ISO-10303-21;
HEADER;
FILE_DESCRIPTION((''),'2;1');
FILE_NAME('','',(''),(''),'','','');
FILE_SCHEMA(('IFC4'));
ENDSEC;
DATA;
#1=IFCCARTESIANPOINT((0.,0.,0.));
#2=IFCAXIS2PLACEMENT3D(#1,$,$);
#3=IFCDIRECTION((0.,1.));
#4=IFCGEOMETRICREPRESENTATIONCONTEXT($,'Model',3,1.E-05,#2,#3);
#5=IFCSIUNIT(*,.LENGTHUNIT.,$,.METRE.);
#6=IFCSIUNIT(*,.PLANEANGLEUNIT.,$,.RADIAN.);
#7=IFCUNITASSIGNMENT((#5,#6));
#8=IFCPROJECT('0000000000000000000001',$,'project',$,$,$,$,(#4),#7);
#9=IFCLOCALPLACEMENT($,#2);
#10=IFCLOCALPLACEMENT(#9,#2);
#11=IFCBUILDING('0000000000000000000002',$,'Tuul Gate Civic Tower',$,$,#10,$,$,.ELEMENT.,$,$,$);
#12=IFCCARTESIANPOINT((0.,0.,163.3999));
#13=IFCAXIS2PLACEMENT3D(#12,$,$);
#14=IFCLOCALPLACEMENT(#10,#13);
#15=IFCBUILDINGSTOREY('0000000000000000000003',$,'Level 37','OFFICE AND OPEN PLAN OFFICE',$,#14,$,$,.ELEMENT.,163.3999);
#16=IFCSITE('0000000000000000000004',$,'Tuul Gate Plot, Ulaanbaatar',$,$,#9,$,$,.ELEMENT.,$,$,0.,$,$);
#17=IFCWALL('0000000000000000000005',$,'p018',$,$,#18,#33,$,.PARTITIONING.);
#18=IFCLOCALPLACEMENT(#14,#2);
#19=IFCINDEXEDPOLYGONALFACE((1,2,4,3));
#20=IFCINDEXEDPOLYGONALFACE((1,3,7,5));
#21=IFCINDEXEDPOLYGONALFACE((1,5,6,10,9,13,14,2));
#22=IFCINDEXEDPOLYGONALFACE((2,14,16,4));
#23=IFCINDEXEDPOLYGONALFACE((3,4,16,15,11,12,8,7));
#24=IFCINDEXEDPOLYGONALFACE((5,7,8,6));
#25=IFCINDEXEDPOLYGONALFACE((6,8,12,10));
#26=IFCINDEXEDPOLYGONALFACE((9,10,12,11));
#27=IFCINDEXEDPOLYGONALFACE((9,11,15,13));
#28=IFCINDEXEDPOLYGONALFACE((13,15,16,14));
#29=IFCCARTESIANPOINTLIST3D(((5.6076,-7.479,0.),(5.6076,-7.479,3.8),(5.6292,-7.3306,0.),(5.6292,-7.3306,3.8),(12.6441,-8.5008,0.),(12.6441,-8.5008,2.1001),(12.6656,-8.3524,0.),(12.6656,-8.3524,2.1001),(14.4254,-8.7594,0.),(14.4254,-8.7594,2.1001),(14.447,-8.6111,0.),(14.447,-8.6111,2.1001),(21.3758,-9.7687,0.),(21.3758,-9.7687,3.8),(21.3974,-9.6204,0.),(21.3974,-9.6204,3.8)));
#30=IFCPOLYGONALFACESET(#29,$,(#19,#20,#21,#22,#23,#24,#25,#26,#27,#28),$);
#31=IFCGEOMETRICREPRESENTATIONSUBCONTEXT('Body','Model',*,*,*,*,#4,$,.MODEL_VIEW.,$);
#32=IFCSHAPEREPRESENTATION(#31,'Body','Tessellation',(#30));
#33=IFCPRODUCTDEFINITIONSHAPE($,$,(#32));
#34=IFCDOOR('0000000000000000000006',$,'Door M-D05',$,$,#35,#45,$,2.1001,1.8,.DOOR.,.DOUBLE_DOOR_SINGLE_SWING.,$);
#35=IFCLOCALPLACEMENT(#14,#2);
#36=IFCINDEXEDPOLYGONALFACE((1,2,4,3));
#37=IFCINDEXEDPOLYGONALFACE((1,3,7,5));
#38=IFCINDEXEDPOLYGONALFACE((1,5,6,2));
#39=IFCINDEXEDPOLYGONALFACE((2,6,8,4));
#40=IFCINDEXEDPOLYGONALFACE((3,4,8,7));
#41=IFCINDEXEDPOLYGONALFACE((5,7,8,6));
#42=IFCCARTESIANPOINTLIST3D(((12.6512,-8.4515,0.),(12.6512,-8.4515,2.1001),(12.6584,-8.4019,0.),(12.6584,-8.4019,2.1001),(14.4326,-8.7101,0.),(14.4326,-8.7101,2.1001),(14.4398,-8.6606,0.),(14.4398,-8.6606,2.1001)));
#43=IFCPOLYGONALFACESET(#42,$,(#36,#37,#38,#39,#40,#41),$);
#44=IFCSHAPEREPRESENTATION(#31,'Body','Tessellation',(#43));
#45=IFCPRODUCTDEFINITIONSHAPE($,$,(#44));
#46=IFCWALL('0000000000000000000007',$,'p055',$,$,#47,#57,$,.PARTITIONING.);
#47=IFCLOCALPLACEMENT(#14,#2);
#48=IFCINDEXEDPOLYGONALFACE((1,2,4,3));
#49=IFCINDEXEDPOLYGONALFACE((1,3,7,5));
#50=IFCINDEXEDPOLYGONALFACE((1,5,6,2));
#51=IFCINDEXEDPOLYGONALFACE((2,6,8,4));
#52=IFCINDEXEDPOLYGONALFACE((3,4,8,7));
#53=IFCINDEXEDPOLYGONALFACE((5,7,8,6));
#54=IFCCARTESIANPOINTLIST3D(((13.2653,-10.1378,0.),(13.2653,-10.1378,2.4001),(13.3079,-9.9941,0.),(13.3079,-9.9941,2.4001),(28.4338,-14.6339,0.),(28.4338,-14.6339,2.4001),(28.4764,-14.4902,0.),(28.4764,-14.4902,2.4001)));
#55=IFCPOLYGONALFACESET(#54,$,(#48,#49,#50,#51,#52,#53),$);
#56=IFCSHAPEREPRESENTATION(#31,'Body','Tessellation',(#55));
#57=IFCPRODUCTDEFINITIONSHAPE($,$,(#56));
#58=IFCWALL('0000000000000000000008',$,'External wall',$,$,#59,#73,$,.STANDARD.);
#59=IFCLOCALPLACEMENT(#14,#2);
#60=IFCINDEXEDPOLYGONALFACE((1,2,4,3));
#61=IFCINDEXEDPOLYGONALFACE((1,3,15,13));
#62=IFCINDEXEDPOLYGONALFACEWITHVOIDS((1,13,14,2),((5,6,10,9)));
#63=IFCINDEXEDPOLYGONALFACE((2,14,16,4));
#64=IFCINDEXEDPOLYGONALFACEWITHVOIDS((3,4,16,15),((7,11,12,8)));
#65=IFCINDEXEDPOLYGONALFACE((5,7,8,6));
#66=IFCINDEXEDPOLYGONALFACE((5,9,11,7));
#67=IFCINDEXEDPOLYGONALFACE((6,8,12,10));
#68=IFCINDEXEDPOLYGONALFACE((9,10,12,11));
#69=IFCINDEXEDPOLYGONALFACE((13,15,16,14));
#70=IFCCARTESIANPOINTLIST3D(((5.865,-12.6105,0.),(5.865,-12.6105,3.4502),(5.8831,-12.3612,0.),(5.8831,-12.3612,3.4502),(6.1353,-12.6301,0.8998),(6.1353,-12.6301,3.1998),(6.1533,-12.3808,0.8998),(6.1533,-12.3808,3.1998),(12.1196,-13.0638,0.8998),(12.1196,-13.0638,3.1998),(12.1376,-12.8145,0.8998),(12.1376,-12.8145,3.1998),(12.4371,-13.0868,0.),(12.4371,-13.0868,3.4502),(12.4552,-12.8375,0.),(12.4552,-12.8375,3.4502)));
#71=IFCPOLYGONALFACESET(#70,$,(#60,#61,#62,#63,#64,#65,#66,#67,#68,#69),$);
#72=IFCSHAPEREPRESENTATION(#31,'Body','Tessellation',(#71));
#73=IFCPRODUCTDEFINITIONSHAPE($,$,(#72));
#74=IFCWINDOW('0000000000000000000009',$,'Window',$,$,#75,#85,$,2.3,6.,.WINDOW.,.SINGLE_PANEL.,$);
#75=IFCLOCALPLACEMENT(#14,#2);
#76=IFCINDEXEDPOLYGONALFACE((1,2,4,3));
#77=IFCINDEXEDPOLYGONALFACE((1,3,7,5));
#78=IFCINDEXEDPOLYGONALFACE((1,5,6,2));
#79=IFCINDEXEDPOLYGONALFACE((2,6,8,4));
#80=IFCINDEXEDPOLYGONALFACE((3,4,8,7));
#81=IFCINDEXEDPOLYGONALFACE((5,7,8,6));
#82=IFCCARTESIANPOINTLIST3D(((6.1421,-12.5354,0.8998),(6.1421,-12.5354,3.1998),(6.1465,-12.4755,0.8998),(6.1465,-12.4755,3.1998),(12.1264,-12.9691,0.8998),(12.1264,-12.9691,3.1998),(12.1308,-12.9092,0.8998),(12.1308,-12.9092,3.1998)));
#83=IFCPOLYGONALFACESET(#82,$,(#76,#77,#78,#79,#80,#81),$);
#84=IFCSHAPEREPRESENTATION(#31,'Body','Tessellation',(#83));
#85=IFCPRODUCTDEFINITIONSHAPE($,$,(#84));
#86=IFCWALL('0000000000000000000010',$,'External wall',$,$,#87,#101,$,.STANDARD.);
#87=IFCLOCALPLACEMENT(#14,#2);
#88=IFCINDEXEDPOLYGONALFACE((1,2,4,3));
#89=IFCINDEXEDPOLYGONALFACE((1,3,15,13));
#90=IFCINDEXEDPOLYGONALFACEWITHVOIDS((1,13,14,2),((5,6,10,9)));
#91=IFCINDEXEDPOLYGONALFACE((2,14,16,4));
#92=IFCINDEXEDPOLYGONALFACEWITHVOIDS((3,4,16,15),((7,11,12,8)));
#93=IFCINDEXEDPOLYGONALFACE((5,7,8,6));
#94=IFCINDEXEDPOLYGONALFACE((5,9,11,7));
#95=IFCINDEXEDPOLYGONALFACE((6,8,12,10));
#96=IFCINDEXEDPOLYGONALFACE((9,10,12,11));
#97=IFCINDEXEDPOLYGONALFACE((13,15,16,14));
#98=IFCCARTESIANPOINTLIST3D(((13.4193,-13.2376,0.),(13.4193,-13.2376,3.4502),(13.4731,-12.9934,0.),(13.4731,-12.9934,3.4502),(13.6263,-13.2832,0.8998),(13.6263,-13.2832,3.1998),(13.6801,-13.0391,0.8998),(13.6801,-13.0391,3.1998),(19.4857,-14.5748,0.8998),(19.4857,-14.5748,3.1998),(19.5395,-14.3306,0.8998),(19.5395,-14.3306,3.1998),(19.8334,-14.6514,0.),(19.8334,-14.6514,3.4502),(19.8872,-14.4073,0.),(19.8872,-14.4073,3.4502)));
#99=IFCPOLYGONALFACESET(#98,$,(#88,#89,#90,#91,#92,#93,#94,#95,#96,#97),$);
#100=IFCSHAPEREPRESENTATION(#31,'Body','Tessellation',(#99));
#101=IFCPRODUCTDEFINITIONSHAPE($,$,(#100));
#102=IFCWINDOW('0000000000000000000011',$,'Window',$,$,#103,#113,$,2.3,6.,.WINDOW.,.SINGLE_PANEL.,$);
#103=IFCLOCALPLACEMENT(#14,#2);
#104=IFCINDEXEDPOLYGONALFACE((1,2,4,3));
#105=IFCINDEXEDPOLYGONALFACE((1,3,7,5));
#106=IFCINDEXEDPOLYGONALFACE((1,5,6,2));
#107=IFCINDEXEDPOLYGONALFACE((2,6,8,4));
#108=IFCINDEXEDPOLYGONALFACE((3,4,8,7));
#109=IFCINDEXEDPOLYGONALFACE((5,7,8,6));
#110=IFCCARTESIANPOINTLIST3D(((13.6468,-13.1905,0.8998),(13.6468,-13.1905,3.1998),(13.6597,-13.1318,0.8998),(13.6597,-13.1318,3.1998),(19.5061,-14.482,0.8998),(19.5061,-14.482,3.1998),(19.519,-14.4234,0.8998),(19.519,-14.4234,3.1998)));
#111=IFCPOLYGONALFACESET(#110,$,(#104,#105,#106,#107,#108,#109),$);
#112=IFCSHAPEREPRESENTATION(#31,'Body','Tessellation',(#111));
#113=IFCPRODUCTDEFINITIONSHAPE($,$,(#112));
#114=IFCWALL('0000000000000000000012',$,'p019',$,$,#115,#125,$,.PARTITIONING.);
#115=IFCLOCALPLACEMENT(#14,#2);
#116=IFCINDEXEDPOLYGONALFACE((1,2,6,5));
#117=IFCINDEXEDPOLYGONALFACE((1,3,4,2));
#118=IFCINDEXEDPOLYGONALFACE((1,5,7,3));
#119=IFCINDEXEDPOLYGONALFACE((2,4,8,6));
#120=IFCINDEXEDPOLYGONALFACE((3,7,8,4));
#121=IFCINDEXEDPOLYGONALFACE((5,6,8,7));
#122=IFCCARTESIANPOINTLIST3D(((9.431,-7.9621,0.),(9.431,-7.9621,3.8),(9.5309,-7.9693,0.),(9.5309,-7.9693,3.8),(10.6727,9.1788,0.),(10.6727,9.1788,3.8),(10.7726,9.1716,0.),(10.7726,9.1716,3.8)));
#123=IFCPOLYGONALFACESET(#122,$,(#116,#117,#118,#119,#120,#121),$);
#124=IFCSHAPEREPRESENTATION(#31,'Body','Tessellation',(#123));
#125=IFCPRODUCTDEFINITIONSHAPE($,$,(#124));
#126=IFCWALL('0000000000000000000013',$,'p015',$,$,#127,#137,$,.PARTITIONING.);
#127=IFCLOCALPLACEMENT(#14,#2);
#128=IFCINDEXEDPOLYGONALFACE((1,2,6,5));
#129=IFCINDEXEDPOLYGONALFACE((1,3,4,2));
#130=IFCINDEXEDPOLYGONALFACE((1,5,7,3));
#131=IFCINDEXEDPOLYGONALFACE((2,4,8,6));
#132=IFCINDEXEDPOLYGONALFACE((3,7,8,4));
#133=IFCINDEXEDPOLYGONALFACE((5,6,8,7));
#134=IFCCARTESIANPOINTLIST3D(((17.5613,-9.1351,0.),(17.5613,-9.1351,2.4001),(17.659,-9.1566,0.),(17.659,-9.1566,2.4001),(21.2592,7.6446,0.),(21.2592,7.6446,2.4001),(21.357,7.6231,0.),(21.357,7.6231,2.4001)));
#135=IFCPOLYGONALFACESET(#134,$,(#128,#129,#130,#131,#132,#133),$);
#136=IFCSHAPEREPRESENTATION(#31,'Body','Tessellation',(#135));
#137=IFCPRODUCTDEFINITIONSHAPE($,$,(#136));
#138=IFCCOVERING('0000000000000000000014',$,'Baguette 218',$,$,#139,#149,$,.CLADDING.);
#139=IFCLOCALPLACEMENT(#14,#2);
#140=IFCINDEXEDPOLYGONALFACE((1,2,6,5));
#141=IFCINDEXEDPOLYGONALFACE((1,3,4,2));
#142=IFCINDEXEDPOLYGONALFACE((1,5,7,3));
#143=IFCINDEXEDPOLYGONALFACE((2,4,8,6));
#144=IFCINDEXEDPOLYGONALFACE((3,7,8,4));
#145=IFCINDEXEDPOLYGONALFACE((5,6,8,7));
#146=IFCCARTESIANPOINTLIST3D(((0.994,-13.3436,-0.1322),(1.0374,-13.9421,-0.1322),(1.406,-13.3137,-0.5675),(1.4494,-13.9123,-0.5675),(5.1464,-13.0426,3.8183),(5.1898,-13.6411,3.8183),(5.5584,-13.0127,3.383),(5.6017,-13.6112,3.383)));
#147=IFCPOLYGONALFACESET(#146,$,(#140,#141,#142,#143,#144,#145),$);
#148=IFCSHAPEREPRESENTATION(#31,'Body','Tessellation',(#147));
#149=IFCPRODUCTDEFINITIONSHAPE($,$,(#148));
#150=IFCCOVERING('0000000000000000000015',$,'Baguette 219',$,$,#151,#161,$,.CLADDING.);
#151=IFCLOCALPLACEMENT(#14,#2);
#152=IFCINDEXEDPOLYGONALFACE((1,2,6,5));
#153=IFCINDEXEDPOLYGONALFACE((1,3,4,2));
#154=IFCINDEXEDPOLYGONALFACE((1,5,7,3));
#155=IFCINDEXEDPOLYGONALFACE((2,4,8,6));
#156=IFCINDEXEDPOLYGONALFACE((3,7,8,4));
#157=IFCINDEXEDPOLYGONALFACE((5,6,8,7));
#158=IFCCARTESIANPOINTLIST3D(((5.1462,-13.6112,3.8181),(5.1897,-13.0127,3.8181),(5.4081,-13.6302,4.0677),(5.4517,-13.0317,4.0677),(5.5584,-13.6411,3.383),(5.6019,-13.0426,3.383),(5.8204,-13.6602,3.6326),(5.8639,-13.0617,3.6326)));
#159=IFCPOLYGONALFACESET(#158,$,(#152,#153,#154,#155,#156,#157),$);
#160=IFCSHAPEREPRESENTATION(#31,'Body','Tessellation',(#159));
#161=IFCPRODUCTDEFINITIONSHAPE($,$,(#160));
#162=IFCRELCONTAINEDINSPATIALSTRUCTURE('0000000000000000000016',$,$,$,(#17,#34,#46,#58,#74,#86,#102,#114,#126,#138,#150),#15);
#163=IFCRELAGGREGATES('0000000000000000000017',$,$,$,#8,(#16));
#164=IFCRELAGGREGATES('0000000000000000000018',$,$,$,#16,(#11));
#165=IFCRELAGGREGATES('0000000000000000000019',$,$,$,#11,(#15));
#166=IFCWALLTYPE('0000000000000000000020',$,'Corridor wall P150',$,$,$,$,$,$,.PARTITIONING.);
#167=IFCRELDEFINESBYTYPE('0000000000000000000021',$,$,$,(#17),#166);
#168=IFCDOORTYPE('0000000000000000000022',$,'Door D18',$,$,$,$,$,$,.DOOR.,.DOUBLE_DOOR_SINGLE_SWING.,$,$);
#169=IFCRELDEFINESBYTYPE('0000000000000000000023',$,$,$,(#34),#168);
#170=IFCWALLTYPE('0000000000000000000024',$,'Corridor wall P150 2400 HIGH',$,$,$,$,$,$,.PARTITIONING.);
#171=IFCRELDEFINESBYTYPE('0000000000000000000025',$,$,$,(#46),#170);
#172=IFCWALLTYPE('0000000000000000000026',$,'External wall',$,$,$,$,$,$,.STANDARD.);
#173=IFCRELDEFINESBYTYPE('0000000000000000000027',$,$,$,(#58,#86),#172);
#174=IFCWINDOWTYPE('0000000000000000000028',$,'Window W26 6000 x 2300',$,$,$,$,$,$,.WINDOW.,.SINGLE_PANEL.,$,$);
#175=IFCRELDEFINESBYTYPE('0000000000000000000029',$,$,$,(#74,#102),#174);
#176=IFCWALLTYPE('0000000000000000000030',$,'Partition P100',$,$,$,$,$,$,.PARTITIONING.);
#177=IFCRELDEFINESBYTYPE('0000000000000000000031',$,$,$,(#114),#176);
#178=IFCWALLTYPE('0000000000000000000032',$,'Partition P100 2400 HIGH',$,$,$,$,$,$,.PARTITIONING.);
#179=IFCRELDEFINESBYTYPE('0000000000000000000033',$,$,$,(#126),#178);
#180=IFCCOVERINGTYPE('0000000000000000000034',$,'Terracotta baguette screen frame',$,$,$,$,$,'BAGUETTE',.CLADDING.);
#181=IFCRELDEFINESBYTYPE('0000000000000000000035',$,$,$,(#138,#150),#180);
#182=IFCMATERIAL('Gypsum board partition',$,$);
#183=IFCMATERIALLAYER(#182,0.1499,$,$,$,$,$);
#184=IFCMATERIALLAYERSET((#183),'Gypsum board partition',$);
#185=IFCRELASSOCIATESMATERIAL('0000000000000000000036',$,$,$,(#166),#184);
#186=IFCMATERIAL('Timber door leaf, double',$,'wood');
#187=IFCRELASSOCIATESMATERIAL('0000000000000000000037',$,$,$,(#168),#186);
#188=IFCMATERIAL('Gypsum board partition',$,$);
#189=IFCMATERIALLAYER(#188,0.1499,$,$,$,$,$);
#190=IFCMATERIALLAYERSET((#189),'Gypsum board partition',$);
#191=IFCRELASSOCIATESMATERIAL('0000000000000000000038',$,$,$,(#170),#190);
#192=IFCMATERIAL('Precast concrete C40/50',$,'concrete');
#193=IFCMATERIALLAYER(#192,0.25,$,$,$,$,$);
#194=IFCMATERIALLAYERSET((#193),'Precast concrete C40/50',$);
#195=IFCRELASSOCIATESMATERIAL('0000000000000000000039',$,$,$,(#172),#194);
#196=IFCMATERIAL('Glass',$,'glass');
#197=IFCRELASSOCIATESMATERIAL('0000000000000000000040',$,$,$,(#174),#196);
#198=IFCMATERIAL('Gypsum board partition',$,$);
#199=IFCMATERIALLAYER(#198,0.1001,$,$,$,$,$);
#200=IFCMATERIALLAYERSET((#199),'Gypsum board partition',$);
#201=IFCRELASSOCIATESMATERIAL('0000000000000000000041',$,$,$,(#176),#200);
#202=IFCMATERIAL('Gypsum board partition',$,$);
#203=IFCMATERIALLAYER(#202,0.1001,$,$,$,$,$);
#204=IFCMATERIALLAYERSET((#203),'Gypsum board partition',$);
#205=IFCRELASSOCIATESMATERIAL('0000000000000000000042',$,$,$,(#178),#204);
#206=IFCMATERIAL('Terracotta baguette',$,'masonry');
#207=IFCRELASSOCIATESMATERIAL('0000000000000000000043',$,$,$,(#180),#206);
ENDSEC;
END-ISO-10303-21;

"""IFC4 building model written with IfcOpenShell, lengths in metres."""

from ifc_helpers import new_model, si_unit, direction, frame, frame_2d, origin, origin_2d, place, context, subcontext, project, spatial, rectangle, extrude, material, layer, layer_set, material_profile, profile_set, type_object, element, fill, save


model = new_model("IFC4")

# Units and contexts
model_context = context("Model", 3, precision=1e-05, world=origin(), true_north=direction((0.0, 1.0)))
body_context = subcontext(model_context, "Body", "Model", "MODEL_VIEW")
ifc_project = project(units=[si_unit("LENGTHUNIT", "METRE"), si_unit("PLANEANGLEUNIT", "RADIAN")], contexts=[model_context])

# Site, building, storey
site_placement = place(None, origin())
site = spatial("IfcSite", under=ifc_project, at=site_placement, Name="Tuul Gate Plot, Ulaanbaatar", CompositionType="ELEMENT", RefElevation=0.0)
building_placement = place(site_placement, origin())
building = spatial("IfcBuilding", under=site, at=building_placement, Name="Tuul Gate Civic Tower", CompositionType="ELEMENT")
storey_placement = place(building_placement, frame((0.0, 0.0, 163.3999)))
storey = spatial("IfcBuildingStorey", under=building, at=storey_placement, Name="Level 37", Description="OFFICE AND OPEN PLAN OFFICE", CompositionType="ELEMENT", Elevation=163.3999)

# Wall, opening, door
ifc_material_1 = material(Name="Gypsum board partition")
ifc_layer_1 = layer(ifc_material_1, 0.1499)
ifc_layer_set_1 = layer_set([ifc_layer_1], Name="Gypsum board partition")
wall_type_1 = type_object("IfcWallType", Name="Corridor wall P150", PredefinedType="PARTITIONING", material=ifc_layer_set_1)
wall_1_placement = place(storey_placement, frame((5.6184, -7.4048, 0.0), z_axis=(0.0, 0.0, 1.0), x_axis=(0.98962, -0.143708, 0.0)))
wall_1 = element("IfcWall", 1, at=wall_1_placement, inside=storey, type_object=wall_type_1, Name="p018", PredefinedType="PARTITIONING", context=body_context, shape_type="SweptSolid", body=[
    extrude(rectangle(XDim=15.9336, YDim=0.1499, at=frame_2d((7.9668, 0.0))), origin(), (0.0, 0.0, 1.0), 3.8),
])
opening_1_placement = place(wall_1_placement, frame((7.1104, 0.0, 0.0)))
opening_1 = element("IfcOpeningElement", 2, at=opening_1_placement, cuts=wall_1, PredefinedType="OPENING", context=body_context, shape_type="SweptSolid", body=[
    extrude(rectangle(XDim=1.8, YDim=2.1001, at=frame_2d((0.8999, 1.05))), frame((0.0, 0.085, 0.0), z_axis=(0.0, -1.0, 0.0), x_axis=(1.0, 0.0, 0.0)), (0.0, 0.0, 1.0), 0.1699),
])
ifc_material_2 = material(Name="Timber door leaf, double", Category="wood")
door_type = type_object("IfcDoorType", Name="Door D18", OperationType="DOUBLE_DOOR_SINGLE_SWING", PredefinedType="DOOR", material=ifc_material_2)
door_placement = place(opening_1_placement, origin())
door = element("IfcDoor", 3, at=door_placement, inside=storey, type_object=door_type, Name="Door M-D05", OperationType="DOUBLE_DOOR_SINGLE_SWING", OverallHeight=2.1001, OverallWidth=1.8, PredefinedType="DOOR", context=body_context, shape_type="SweptSolid", body=[
    extrude(rectangle(XDim=1.8, YDim=2.1001, at=frame_2d((0.8999, 1.05))), frame((0.0, 0.0249, 0.0), z_axis=(0.0, -1.0, 0.0), x_axis=(1.0, 0.0, 0.0)), (0.0, 0.0, 1.0), 0.05),
])
fill(opening_1, door)

# Wall
ifc_material_3 = material(Name="Gypsum board partition")
ifc_layer_2 = layer(ifc_material_3, 0.1499)
ifc_layer_set_2 = layer_set([ifc_layer_2], Name="Gypsum board partition")
wall_type_2 = type_object("IfcWallType", Name="Corridor wall P150 2400 HIGH", PredefinedType="PARTITIONING", material=ifc_layer_set_2)
wall_2_placement = place(storey_placement, frame((13.2866, -10.0659, 0.0), z_axis=(0.0, 0.0, 1.0), x_axis=(0.958768, -0.284189, 0.0)))
element("IfcWall", 4, at=wall_2_placement, inside=storey, type_object=wall_type_2, Name="p055", PredefinedType="PARTITIONING", context=body_context, shape_type="SweptSolid", body=[
    extrude(rectangle(XDim=15.8208, YDim=0.1499, at=frame_2d((7.9104, 0.0))), origin(), (0.0, 0.0, 1.0), 2.4001),
])

# Walls, openings, windows
ifc_material_4 = material(Name="Precast concrete C40/50", Category="concrete")
ifc_layer_3 = layer(ifc_material_4, 0.25)
ifc_layer_set_3 = layer_set([ifc_layer_3], Name="Precast concrete C40/50")
wall_type_3 = type_object("IfcWallType", Name="External wall", PredefinedType="STANDARD", material=ifc_layer_set_3)
wall_3_placement = place(storey_placement, frame((5.874, -12.4858, 0.0), z_axis=(0.0, 0.0, 1.0), x_axis=(0.997384, -0.072287, 0.0)))
wall_3 = element("IfcWall", 5, at=wall_3_placement, inside=storey, type_object=wall_type_3, Name="External wall", PredefinedType="STANDARD", context=body_context, shape_type="SweptSolid", body=[
    extrude(rectangle(XDim=6.5894, YDim=0.25, at=frame_2d((3.2947, 0.0))), origin(), (0.0, 0.0, 1.0), 3.4502),
])
opening_2_placement = place(wall_3_placement, frame((0.271, 0.0, 0.8999)))
opening_2 = element("IfcOpeningElement", 6, at=opening_2_placement, cuts=wall_3, PredefinedType="OPENING", context=body_context, shape_type="SweptSolid", body=[
    extrude(rectangle(XDim=6.0, YDim=2.3, at=frame_2d((3.0, 1.1499))), frame((0.0, 0.135, 0.0), z_axis=(0.0, -1.0, 0.0), x_axis=(1.0, 0.0, 0.0)), (0.0, 0.0, 1.0), 0.27),
])
ifc_material_5 = material(Name="Glass", Category="glass")
window_type = type_object("IfcWindowType", Name="Window W26 6000 x 2300", PartitioningType="SINGLE_PANEL", PredefinedType="WINDOW", material=ifc_material_5)
window_1_placement = place(opening_2_placement, origin())
window_1 = element("IfcWindow", 7, at=window_1_placement, inside=storey, type_object=window_type, Name="Window", OverallHeight=2.3, OverallWidth=6.0, PartitioningType="SINGLE_PANEL", PredefinedType="WINDOW", context=body_context, shape_type="SweptSolid", body=[
    extrude(rectangle(XDim=6.0, YDim=2.3, at=frame_2d((3.0, 1.1499))), frame((0.0, 0.03, 0.0), z_axis=(0.0, -1.0, 0.0), x_axis=(1.0, 0.0, 0.0)), (0.0, 0.0, 1.0), 0.0601),
])
fill(opening_2, window_1)
wall_4_placement = place(storey_placement, frame((13.446, -13.1155, 0.0), z_axis=(0.0, 0.0, 1.0), x_axis=(0.976557, -0.215257, 0.0)))
wall_4 = element("IfcWall", 8, at=wall_4_placement, inside=storey, type_object=wall_type_3, Name="External wall", PredefinedType="STANDARD", context=body_context, shape_type="SweptSolid", body=[
    extrude(rectangle(XDim=6.5681, YDim=0.25, at=frame_2d((3.2842, 0.0))), origin(), (0.0, 0.0, 1.0), 3.4502),
])
opening_3_placement = place(wall_4_placement, frame((0.2122, 0.0, 0.8999)))
opening_3 = element("IfcOpeningElement", 9, at=opening_3_placement, cuts=wall_4, PredefinedType="OPENING", context=body_context, shape_type="SweptSolid", body=[
    extrude(rectangle(XDim=6.0, YDim=2.3, at=frame_2d((3.0, 1.1499))), frame((0.0, 0.135, 0.0), z_axis=(0.0, -1.0, 0.0), x_axis=(1.0, 0.0, 0.0)), (0.0, 0.0, 1.0), 0.27),
])
window_2_placement = place(opening_3_placement, origin())
window_2 = element("IfcWindow", 10, at=window_2_placement, inside=storey, type_object=window_type, Name="Window", OverallHeight=2.3, OverallWidth=6.0, PartitioningType="SINGLE_PANEL", PredefinedType="WINDOW", context=body_context, shape_type="SweptSolid", body=[
    extrude(rectangle(XDim=6.0, YDim=2.3, at=frame_2d((3.0, 1.1499))), frame((0.0, 0.03, 0.0), z_axis=(0.0, -1.0, 0.0), x_axis=(1.0, 0.0, 0.0)), (0.0, 0.0, 1.0), 0.0601),
])
fill(opening_3, window_2)

# Walls
ifc_material_6 = material(Name="Gypsum board partition")
ifc_layer_4 = layer(ifc_material_6, 0.1001)
ifc_layer_set_4 = layer_set([ifc_layer_4], Name="Gypsum board partition")
wall_type_4 = type_object("IfcWallType", Name="Partition P100", PredefinedType="PARTITIONING", material=ifc_layer_set_4)
wall_5_placement = place(storey_placement, frame((9.481, -7.9656, 0.0), z_axis=(0.0, 0.0, 1.0), x_axis=(0.072252, 0.997386, 0.0)))
element("IfcWall", 11, at=wall_5_placement, inside=storey, type_object=wall_type_4, Name="p019", PredefinedType="PARTITIONING", context=body_context, shape_type="SweptSolid", body=[
    extrude(rectangle(XDim=17.1858, YDim=0.1001, at=frame_2d((8.5928, 0.0))), origin(), (0.0, 0.0, 1.0), 3.8),
])
ifc_material_7 = material(Name="Gypsum board partition")
ifc_layer_5 = layer(ifc_material_7, 0.1001)
ifc_layer_set_5 = layer_set([ifc_layer_5], Name="Gypsum board partition")
wall_type_5 = type_object("IfcWallType", Name="Partition P100 2400 HIGH", PredefinedType="PARTITIONING", material=ifc_layer_set_5)
wall_6_placement = place(storey_placement, frame((17.6101, -9.146, 0.0), z_axis=(0.0, 0.0, 1.0), x_axis=(0.21522, 0.976566, 0.0)))
element("IfcWall", 12, at=wall_6_placement, inside=storey, type_object=wall_type_5, Name="p015", PredefinedType="PARTITIONING", context=body_context, shape_type="SweptSolid", body=[
    extrude(rectangle(XDim=17.1824, YDim=0.1001, at=frame_2d((8.5913, 0.0))), origin(), (0.0, 0.0, 1.0), 2.4001),
])

# Coverings
ifc_material_8 = material(Name="Terracotta baguette", Category="masonry")
ifc_material_profile_1 = material_profile(ifc_material_8, rectangle(XDim=0.6001, YDim=0.6001, at=origin_2d()), Name="Terracotta baguette screen frame")
ifc_profile_set_1 = profile_set([ifc_material_profile_1], Name="Terracotta baguette")
covering_type = type_object("IfcCoveringType", Name="Terracotta baguette screen frame", ElementType="BAGUETTE", PredefinedType="CLADDING", material=ifc_profile_set_1)
covering_1_placement = place(storey_placement, frame((1.2217, -13.6279, -0.3499), z_axis=(0.723504, 0.052451, 0.688324), x_axis=(-0.072306, 0.997383, 0.0)))
element("IfcCovering", 13, at=covering_1_placement, inside=storey, type_object=covering_type, Name="Baguette 218", PredefinedType="CLADDING", context=body_context, shape_type="SweptSolid", body=[
    extrude(rectangle(XDim=0.6001, YDim=0.6001, at=origin_2d()), origin(), (0.0, 0.0, 1.0), 5.7393),
])
covering_2_placement = place(storey_placement, frame((5.374, -13.3269, 3.6006), z_axis=(0.723105, -0.052565, 0.688735), x_axis=(0.072502, 0.997368, 0.0)))
element("IfcCovering", 14, at=covering_2_placement, inside=storey, type_object=covering_type, Name="Baguette 219", PredefinedType="CLADDING", context=body_context, shape_type="SweptSolid", body=[
    extrude(rectangle(XDim=0.6001, YDim=0.6001, at=origin_2d()), origin(), (0.0, 0.0, 1.0), 0.3623),
])

save(model, "model.ifc")
